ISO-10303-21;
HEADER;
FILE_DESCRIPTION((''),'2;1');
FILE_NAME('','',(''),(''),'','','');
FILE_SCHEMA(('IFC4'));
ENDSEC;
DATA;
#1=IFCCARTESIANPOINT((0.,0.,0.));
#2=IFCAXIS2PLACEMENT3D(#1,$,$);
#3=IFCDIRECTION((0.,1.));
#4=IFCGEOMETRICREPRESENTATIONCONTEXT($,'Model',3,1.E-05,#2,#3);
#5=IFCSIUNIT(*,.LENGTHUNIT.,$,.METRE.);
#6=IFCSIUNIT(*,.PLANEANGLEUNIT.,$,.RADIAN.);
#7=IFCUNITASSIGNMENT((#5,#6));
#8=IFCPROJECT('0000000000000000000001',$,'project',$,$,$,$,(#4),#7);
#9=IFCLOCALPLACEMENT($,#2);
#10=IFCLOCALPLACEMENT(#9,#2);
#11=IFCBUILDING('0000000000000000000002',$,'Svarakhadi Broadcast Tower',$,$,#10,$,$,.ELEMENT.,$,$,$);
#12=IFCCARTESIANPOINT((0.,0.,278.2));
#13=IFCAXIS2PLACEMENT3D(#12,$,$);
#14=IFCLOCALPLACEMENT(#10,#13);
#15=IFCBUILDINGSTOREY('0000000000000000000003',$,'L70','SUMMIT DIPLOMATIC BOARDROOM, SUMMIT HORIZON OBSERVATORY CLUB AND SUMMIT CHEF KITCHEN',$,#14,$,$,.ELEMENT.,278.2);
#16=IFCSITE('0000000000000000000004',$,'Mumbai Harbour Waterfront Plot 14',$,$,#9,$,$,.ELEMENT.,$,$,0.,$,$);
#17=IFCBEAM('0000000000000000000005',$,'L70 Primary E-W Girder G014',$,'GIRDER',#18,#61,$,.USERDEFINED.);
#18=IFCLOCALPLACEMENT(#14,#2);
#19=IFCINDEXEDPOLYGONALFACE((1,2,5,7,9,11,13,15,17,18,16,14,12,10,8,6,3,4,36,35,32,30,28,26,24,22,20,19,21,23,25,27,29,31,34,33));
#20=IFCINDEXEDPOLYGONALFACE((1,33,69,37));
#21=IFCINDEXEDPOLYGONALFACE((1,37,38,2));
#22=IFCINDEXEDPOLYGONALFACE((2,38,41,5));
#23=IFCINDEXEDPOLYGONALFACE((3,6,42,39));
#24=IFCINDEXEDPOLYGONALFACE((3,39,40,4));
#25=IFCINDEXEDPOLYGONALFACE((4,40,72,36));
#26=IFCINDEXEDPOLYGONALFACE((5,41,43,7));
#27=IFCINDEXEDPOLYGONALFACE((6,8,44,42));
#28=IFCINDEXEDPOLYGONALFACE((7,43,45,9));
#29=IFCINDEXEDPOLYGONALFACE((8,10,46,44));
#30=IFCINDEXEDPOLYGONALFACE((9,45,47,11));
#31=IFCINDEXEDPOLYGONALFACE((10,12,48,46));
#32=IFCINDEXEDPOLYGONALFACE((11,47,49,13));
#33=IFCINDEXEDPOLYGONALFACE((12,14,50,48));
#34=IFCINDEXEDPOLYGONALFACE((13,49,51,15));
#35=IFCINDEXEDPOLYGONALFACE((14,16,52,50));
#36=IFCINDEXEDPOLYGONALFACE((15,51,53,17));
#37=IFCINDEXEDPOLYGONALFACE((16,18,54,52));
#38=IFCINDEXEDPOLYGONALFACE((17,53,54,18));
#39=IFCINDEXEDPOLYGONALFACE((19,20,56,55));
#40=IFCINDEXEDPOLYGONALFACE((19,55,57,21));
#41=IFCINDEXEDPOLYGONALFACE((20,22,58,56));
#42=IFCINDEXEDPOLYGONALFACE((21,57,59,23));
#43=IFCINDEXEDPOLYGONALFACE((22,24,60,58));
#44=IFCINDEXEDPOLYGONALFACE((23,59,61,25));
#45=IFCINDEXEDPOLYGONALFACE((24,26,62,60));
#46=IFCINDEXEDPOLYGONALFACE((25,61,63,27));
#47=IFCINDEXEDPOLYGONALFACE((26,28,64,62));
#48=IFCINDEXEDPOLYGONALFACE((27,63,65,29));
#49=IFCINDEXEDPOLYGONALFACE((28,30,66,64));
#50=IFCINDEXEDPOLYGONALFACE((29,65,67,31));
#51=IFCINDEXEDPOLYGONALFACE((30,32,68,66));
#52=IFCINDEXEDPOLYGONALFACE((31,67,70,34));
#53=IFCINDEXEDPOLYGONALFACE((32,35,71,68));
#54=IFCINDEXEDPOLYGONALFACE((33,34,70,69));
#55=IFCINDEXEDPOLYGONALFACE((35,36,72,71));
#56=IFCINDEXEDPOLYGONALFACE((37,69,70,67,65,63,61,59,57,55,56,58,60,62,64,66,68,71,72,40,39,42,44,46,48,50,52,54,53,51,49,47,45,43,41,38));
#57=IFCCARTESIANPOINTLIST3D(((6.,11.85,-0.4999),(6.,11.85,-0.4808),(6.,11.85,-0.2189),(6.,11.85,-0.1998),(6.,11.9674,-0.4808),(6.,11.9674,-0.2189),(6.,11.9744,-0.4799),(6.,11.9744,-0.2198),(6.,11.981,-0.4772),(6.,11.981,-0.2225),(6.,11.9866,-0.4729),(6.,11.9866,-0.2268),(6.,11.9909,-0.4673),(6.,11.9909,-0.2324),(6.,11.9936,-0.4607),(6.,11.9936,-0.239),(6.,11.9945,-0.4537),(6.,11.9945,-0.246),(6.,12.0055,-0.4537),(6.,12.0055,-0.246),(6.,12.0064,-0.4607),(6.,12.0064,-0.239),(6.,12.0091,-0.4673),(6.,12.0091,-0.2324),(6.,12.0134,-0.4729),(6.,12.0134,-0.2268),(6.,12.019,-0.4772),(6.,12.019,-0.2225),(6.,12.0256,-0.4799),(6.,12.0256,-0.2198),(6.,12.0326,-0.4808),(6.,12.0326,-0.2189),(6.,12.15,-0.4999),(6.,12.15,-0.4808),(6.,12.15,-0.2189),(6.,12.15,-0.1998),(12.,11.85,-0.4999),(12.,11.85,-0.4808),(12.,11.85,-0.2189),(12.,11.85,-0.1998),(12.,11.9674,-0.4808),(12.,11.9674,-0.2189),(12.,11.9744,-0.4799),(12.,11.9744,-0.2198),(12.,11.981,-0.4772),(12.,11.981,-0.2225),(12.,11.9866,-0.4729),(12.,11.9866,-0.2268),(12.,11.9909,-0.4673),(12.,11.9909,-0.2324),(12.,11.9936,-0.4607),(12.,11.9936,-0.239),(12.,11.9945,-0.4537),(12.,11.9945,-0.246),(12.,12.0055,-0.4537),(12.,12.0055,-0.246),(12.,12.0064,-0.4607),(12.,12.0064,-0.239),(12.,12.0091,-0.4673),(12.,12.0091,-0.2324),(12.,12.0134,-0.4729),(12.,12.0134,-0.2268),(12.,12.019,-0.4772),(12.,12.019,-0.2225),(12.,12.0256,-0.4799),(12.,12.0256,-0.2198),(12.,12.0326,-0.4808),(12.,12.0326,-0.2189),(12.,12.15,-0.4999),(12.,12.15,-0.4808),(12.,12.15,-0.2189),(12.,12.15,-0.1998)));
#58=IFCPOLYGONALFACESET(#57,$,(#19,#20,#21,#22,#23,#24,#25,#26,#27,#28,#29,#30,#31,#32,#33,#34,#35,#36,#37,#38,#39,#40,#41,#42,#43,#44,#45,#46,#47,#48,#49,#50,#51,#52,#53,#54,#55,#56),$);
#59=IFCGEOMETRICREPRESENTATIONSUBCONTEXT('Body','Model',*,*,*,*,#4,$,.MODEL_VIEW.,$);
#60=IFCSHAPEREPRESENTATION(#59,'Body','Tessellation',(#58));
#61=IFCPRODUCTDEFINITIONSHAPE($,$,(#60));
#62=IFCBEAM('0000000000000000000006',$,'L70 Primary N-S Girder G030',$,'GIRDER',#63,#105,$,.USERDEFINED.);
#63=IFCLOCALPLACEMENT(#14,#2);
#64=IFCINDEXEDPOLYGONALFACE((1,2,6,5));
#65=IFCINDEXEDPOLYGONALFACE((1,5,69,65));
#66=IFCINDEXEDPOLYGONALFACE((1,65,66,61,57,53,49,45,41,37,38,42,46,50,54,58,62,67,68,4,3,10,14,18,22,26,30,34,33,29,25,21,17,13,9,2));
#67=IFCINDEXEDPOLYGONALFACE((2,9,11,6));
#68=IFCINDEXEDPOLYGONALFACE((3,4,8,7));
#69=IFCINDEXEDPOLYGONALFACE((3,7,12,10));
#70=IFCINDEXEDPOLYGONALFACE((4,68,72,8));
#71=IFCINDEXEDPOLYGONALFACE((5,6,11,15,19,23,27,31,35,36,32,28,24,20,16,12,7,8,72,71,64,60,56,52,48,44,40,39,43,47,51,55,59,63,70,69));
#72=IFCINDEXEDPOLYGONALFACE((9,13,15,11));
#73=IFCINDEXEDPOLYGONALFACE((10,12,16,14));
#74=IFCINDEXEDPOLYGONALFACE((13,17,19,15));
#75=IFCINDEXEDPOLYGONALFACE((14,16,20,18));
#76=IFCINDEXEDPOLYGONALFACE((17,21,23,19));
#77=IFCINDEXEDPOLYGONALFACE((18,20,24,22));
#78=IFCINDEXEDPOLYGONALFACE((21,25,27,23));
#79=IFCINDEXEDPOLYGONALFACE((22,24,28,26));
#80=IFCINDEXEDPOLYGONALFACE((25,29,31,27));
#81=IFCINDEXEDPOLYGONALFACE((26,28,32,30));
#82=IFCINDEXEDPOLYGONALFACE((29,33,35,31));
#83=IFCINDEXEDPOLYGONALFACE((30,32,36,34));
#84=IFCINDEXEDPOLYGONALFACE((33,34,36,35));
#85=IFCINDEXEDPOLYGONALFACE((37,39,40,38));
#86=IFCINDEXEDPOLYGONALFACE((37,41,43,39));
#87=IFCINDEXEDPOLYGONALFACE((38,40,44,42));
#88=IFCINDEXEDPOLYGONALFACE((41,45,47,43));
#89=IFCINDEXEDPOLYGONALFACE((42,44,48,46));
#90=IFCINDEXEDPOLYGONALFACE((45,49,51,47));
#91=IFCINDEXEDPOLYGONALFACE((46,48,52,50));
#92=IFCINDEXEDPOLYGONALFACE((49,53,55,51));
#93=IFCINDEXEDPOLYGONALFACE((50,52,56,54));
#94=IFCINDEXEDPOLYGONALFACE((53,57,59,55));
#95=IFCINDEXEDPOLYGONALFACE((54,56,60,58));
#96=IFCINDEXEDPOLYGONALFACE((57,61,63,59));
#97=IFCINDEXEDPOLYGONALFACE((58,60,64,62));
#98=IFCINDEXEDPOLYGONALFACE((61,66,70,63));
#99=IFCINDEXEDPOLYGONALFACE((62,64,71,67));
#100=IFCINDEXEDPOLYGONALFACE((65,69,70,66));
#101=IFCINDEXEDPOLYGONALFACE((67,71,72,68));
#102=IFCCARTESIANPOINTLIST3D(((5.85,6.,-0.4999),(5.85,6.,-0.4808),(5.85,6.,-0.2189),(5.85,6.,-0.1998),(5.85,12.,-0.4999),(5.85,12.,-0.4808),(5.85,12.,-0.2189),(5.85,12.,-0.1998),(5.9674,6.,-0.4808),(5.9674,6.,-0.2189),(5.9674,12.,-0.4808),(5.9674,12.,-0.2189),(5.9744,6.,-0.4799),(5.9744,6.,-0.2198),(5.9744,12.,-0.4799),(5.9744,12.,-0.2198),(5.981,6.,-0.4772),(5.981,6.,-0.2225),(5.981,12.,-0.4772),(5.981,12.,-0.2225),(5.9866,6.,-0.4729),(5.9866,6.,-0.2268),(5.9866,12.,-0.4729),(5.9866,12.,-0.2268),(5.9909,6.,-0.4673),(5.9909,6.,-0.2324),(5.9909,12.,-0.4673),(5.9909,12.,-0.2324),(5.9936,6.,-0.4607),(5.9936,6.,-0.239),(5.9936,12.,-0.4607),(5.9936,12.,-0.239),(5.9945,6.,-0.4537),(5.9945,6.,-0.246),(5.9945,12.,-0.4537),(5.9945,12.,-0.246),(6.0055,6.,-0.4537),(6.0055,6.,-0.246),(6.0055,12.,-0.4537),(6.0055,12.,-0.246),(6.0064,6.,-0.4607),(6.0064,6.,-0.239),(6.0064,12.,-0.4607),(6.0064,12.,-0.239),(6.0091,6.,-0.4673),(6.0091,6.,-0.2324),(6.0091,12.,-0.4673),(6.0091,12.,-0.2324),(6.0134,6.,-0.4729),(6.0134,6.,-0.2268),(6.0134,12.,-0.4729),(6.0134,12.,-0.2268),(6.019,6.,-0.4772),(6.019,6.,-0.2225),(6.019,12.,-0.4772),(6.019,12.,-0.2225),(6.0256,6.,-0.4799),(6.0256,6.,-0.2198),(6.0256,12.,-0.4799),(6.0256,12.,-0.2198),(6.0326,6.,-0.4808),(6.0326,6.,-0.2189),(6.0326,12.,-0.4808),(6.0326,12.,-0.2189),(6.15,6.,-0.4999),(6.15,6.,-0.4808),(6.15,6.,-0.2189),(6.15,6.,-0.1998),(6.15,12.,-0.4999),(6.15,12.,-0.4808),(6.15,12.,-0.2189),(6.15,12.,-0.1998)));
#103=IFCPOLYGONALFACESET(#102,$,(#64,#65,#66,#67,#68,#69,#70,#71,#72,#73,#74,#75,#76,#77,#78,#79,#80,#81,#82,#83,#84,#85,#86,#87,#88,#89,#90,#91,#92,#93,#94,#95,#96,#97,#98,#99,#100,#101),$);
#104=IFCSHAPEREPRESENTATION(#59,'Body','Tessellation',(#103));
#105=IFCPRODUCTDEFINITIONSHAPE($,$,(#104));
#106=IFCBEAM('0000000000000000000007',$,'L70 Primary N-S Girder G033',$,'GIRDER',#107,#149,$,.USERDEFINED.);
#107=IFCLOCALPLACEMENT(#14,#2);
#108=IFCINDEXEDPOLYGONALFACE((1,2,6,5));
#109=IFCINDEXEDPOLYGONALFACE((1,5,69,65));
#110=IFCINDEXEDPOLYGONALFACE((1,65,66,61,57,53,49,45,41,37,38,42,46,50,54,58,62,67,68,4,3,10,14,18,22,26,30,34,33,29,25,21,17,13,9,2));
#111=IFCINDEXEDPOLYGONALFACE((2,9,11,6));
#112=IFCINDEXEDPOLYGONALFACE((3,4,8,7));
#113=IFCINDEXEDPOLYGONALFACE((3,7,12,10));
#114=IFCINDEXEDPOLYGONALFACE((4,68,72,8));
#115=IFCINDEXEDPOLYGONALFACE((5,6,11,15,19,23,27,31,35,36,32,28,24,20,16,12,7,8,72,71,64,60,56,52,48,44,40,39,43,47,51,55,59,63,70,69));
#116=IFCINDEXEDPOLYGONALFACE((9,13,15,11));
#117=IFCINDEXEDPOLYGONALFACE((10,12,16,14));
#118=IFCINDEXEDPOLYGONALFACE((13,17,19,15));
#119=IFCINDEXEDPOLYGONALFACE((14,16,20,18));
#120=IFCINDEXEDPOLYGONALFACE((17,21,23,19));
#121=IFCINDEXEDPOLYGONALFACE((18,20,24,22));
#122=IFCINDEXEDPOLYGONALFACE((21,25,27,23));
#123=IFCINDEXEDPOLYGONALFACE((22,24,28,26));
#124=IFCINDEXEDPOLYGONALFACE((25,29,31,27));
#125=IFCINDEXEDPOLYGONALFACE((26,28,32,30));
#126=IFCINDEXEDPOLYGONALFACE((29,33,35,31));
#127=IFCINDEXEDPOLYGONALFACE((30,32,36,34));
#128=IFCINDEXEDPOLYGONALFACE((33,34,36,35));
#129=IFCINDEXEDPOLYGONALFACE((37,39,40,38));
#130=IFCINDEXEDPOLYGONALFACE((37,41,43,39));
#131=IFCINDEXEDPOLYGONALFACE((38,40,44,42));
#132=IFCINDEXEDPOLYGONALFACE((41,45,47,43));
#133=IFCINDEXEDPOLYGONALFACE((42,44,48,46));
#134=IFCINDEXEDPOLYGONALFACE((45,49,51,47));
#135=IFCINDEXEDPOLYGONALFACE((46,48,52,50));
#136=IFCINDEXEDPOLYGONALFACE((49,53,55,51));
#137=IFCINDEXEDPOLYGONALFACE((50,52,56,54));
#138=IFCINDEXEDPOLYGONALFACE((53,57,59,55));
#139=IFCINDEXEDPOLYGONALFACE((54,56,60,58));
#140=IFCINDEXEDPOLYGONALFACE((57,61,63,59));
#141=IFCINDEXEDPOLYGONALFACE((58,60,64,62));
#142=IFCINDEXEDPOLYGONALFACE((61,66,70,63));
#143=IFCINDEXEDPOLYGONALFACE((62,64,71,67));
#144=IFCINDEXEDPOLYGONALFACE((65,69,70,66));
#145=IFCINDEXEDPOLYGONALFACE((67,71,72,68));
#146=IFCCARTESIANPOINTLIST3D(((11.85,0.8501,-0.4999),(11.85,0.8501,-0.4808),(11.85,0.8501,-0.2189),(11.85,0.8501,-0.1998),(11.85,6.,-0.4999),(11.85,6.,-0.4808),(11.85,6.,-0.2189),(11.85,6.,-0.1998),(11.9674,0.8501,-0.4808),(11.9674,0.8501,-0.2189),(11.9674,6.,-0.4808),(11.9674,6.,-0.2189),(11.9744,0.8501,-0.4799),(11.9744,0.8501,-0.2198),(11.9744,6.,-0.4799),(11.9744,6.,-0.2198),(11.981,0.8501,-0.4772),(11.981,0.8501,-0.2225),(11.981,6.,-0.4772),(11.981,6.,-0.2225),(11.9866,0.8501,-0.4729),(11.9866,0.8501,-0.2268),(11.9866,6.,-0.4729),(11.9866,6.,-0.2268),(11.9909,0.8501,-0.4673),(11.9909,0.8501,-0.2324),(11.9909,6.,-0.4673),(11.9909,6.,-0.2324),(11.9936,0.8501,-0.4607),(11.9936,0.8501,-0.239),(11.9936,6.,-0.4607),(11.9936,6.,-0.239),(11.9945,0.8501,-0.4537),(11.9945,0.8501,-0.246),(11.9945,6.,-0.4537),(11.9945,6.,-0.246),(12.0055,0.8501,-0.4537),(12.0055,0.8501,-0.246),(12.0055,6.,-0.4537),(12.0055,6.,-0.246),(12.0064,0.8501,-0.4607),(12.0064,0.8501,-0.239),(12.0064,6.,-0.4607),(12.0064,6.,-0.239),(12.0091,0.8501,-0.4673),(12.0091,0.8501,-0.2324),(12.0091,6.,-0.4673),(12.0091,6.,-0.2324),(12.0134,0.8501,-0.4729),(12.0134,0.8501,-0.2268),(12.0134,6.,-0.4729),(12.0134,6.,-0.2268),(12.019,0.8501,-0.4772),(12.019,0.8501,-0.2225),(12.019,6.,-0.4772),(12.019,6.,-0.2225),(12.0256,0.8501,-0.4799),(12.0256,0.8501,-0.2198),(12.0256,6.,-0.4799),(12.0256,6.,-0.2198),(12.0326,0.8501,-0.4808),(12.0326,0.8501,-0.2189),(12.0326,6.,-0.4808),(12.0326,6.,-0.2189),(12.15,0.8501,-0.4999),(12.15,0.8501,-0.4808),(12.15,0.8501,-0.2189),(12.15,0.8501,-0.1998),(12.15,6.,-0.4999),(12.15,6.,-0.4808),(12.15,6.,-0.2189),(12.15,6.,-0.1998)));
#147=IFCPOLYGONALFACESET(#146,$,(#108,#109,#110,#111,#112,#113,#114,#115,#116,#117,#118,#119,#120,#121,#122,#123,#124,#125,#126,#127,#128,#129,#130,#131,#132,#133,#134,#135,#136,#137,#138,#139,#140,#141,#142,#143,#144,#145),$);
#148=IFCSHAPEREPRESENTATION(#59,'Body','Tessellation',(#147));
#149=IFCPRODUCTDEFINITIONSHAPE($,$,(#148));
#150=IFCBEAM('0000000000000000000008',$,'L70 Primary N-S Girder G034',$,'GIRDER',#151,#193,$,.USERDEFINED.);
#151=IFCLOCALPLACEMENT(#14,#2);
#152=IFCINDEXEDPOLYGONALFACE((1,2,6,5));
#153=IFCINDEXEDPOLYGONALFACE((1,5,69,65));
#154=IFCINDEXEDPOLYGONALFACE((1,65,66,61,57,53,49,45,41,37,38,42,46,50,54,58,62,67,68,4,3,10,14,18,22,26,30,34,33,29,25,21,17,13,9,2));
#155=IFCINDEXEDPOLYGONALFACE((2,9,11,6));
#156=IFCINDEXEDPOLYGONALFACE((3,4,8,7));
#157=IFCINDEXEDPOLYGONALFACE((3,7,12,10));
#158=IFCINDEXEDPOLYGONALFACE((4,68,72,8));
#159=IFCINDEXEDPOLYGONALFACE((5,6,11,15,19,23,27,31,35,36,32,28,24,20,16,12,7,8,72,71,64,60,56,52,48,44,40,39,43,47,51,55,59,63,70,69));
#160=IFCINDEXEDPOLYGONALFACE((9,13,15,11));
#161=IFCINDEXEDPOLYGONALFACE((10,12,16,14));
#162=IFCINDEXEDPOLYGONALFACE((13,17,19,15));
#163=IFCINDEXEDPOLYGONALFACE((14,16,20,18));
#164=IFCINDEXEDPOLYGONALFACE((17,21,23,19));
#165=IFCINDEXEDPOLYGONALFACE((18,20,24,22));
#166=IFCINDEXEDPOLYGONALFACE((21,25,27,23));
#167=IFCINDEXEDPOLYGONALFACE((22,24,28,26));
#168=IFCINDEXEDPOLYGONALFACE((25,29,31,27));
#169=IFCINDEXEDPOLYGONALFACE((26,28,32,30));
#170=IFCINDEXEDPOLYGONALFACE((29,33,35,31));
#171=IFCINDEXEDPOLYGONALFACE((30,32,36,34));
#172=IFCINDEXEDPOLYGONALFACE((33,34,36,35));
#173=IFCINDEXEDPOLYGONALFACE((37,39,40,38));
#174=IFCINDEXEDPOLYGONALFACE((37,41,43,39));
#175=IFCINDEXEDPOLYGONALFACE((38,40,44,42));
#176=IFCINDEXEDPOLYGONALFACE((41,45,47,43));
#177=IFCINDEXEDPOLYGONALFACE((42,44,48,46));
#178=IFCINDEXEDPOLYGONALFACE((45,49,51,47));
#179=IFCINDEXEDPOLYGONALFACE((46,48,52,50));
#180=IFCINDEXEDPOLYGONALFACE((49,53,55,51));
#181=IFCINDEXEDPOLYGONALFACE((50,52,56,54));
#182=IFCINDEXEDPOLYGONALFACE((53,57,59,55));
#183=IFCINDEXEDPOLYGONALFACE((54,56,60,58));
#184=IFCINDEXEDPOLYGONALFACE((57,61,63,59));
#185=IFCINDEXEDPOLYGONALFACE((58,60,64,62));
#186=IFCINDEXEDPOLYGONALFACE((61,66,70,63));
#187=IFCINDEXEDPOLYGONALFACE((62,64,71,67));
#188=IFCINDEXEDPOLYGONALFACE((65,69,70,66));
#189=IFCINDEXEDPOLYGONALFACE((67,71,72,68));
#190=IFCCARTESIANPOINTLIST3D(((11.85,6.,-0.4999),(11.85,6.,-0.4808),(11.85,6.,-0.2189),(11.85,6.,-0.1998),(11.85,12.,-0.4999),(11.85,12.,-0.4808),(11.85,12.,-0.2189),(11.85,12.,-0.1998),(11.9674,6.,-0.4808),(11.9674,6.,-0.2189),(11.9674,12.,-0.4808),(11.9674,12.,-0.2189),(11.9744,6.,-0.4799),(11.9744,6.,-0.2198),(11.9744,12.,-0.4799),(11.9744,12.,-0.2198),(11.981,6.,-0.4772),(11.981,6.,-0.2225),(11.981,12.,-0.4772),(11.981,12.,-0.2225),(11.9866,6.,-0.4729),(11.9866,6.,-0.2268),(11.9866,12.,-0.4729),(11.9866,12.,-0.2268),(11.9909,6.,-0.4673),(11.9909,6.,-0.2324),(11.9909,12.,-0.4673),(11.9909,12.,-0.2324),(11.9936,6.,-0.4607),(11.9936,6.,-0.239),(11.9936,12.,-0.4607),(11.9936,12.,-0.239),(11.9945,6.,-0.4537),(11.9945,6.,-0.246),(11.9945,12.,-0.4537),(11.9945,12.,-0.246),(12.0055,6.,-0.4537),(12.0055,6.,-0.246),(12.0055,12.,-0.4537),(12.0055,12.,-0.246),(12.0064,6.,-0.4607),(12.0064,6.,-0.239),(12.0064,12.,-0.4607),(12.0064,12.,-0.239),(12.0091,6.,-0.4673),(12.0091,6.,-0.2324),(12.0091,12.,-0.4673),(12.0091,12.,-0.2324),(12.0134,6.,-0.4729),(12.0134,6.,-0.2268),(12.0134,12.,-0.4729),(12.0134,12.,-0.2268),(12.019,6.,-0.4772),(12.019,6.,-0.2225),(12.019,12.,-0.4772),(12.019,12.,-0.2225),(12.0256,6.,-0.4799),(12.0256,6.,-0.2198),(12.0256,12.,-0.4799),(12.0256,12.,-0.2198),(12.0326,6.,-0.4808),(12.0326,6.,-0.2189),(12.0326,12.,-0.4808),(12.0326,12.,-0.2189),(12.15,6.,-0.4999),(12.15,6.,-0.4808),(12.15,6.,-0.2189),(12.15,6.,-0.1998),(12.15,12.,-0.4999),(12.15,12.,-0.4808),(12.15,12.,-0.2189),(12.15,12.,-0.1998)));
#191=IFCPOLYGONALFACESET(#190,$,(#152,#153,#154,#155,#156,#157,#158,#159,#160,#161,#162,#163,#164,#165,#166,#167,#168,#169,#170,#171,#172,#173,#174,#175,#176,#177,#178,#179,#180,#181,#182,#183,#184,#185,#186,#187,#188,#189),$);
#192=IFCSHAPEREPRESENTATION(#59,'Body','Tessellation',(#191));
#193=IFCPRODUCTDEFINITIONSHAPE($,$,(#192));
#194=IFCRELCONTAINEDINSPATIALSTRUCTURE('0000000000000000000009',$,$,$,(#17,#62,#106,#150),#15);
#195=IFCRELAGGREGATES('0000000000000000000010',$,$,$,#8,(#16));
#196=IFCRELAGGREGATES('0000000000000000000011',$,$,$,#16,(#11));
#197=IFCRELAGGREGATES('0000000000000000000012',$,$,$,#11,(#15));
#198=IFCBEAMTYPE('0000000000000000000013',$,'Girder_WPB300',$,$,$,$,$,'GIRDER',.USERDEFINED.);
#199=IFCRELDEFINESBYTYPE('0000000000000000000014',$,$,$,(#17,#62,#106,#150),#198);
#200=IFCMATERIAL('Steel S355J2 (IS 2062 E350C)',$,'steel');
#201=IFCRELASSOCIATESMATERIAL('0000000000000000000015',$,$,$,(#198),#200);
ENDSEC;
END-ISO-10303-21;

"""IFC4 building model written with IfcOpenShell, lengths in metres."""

from ifc_helpers import new_model, si_unit, direction, frame, origin, origin_2d, place, context, subcontext, project, spatial, i_section, extrude, material, material_profile, profile_set, type_object, element, save


model = new_model("IFC4")

# Units and contexts
model_context = context("Model", 3, precision=1e-05, world=origin(), true_north=direction((0.0, 1.0)))
body_context = subcontext(model_context, "Body", "Model", "MODEL_VIEW")
ifc_project = project(units=[si_unit("LENGTHUNIT", "METRE"), si_unit("PLANEANGLEUNIT", "RADIAN")], contexts=[model_context])

# Site, building, storey
site_placement = place(None, origin())
site = spatial("IfcSite", under=ifc_project, at=site_placement, Name="Mumbai Harbour Waterfront Plot 14", CompositionType="ELEMENT", RefElevation=0.0)
building_placement = place(site_placement, origin())
building = spatial("IfcBuilding", under=site, at=building_placement, Name="Svarakhadi Broadcast Tower", CompositionType="ELEMENT")
storey_placement = place(building_placement, frame((0.0, 0.0, 278.2)))
storey = spatial("IfcBuildingStorey", under=building, at=storey_placement, Name="L70", Description="SUMMIT DIPLOMATIC BOARDROOM, SUMMIT HORIZON OBSERVATORY CLUB AND SUMMIT CHEF KITCHEN", CompositionType="ELEMENT", Elevation=278.2)

# Shared definitions
ifc_material_1 = material(Name="Steel S355J2 (IS 2062 E350C)", Category="steel")

# Beams
ifc_material_profile_1 = material_profile(ifc_material_1, i_section(OverallWidth=0.3, OverallDepth=0.3, WebThickness=0.011, FlangeThickness=0.019, FilletRadius=0.0271, at=origin_2d()), Name="WPB 300x300x117")
ifc_profile_set_1 = profile_set([ifc_material_profile_1], Name="Steel S355J2 (IS 2062 E350C)")
beam_type_1 = type_object("IfcBeamType", Name="Girder_WPB300", ElementType="GIRDER", PredefinedType="USERDEFINED", material=ifc_profile_set_1)
for number, where, z_axis, x_axis, name in (
    (1, (6.0, 12.0, -0.3499), (1.0, 0.0, 0.0), (0.0, 1.0, 0.0), "L70 Primary E-W Girder G014"),
    (2, (6.0, 6.0, -0.3499), (0.0, 1.0, 0.0), (-1.0, 0.0, 0.0), "L70 Primary N-S Girder G030"),
):
    element("IfcBeam", number, at=place(storey_placement, frame(where, z_axis=z_axis, x_axis=x_axis)), inside=storey, type_object=beam_type_1, Name=name, ObjectType="GIRDER", PredefinedType="USERDEFINED", context=body_context, shape_type="SweptSolid", body=[
        extrude(i_section(OverallWidth=0.3, OverallDepth=0.3, WebThickness=0.011, FlangeThickness=0.019, FilletRadius=0.0271, at=origin_2d()), origin(), (0.0, 0.0, 1.0), 6.0),
    ])
beam_1_placement = place(storey_placement, frame((12.0, 0.8501, -0.3499), z_axis=(0.0, 1.0, 0.0), x_axis=(-1.0, 0.0, 0.0)))
element("IfcBeam", 3, at=beam_1_placement, inside=storey, type_object=beam_type_1, Name="L70 Primary N-S Girder G033", ObjectType="GIRDER", PredefinedType="USERDEFINED", context=body_context, shape_type="SweptSolid", body=[
    extrude(i_section(OverallWidth=0.3, OverallDepth=0.3, WebThickness=0.011, FlangeThickness=0.019, FilletRadius=0.0271, at=origin_2d()), origin(), (0.0, 0.0, 1.0), 5.1499),
])
beam_2_placement = place(storey_placement, frame((12.0, 6.0, -0.3499), z_axis=(0.0, 1.0, 0.0), x_axis=(-1.0, 0.0, 0.0)))
element("IfcBeam", 4, at=beam_2_placement, inside=storey, type_object=beam_type_1, Name="L70 Primary N-S Girder G034", ObjectType="GIRDER", PredefinedType="USERDEFINED", context=body_context, shape_type="SweptSolid", body=[
    extrude(i_section(OverallWidth=0.3, OverallDepth=0.3, WebThickness=0.011, FlangeThickness=0.019, FilletRadius=0.0271, at=origin_2d()), origin(), (0.0, 0.0, 1.0), 6.0),
])

save(model, "model.ifc")
